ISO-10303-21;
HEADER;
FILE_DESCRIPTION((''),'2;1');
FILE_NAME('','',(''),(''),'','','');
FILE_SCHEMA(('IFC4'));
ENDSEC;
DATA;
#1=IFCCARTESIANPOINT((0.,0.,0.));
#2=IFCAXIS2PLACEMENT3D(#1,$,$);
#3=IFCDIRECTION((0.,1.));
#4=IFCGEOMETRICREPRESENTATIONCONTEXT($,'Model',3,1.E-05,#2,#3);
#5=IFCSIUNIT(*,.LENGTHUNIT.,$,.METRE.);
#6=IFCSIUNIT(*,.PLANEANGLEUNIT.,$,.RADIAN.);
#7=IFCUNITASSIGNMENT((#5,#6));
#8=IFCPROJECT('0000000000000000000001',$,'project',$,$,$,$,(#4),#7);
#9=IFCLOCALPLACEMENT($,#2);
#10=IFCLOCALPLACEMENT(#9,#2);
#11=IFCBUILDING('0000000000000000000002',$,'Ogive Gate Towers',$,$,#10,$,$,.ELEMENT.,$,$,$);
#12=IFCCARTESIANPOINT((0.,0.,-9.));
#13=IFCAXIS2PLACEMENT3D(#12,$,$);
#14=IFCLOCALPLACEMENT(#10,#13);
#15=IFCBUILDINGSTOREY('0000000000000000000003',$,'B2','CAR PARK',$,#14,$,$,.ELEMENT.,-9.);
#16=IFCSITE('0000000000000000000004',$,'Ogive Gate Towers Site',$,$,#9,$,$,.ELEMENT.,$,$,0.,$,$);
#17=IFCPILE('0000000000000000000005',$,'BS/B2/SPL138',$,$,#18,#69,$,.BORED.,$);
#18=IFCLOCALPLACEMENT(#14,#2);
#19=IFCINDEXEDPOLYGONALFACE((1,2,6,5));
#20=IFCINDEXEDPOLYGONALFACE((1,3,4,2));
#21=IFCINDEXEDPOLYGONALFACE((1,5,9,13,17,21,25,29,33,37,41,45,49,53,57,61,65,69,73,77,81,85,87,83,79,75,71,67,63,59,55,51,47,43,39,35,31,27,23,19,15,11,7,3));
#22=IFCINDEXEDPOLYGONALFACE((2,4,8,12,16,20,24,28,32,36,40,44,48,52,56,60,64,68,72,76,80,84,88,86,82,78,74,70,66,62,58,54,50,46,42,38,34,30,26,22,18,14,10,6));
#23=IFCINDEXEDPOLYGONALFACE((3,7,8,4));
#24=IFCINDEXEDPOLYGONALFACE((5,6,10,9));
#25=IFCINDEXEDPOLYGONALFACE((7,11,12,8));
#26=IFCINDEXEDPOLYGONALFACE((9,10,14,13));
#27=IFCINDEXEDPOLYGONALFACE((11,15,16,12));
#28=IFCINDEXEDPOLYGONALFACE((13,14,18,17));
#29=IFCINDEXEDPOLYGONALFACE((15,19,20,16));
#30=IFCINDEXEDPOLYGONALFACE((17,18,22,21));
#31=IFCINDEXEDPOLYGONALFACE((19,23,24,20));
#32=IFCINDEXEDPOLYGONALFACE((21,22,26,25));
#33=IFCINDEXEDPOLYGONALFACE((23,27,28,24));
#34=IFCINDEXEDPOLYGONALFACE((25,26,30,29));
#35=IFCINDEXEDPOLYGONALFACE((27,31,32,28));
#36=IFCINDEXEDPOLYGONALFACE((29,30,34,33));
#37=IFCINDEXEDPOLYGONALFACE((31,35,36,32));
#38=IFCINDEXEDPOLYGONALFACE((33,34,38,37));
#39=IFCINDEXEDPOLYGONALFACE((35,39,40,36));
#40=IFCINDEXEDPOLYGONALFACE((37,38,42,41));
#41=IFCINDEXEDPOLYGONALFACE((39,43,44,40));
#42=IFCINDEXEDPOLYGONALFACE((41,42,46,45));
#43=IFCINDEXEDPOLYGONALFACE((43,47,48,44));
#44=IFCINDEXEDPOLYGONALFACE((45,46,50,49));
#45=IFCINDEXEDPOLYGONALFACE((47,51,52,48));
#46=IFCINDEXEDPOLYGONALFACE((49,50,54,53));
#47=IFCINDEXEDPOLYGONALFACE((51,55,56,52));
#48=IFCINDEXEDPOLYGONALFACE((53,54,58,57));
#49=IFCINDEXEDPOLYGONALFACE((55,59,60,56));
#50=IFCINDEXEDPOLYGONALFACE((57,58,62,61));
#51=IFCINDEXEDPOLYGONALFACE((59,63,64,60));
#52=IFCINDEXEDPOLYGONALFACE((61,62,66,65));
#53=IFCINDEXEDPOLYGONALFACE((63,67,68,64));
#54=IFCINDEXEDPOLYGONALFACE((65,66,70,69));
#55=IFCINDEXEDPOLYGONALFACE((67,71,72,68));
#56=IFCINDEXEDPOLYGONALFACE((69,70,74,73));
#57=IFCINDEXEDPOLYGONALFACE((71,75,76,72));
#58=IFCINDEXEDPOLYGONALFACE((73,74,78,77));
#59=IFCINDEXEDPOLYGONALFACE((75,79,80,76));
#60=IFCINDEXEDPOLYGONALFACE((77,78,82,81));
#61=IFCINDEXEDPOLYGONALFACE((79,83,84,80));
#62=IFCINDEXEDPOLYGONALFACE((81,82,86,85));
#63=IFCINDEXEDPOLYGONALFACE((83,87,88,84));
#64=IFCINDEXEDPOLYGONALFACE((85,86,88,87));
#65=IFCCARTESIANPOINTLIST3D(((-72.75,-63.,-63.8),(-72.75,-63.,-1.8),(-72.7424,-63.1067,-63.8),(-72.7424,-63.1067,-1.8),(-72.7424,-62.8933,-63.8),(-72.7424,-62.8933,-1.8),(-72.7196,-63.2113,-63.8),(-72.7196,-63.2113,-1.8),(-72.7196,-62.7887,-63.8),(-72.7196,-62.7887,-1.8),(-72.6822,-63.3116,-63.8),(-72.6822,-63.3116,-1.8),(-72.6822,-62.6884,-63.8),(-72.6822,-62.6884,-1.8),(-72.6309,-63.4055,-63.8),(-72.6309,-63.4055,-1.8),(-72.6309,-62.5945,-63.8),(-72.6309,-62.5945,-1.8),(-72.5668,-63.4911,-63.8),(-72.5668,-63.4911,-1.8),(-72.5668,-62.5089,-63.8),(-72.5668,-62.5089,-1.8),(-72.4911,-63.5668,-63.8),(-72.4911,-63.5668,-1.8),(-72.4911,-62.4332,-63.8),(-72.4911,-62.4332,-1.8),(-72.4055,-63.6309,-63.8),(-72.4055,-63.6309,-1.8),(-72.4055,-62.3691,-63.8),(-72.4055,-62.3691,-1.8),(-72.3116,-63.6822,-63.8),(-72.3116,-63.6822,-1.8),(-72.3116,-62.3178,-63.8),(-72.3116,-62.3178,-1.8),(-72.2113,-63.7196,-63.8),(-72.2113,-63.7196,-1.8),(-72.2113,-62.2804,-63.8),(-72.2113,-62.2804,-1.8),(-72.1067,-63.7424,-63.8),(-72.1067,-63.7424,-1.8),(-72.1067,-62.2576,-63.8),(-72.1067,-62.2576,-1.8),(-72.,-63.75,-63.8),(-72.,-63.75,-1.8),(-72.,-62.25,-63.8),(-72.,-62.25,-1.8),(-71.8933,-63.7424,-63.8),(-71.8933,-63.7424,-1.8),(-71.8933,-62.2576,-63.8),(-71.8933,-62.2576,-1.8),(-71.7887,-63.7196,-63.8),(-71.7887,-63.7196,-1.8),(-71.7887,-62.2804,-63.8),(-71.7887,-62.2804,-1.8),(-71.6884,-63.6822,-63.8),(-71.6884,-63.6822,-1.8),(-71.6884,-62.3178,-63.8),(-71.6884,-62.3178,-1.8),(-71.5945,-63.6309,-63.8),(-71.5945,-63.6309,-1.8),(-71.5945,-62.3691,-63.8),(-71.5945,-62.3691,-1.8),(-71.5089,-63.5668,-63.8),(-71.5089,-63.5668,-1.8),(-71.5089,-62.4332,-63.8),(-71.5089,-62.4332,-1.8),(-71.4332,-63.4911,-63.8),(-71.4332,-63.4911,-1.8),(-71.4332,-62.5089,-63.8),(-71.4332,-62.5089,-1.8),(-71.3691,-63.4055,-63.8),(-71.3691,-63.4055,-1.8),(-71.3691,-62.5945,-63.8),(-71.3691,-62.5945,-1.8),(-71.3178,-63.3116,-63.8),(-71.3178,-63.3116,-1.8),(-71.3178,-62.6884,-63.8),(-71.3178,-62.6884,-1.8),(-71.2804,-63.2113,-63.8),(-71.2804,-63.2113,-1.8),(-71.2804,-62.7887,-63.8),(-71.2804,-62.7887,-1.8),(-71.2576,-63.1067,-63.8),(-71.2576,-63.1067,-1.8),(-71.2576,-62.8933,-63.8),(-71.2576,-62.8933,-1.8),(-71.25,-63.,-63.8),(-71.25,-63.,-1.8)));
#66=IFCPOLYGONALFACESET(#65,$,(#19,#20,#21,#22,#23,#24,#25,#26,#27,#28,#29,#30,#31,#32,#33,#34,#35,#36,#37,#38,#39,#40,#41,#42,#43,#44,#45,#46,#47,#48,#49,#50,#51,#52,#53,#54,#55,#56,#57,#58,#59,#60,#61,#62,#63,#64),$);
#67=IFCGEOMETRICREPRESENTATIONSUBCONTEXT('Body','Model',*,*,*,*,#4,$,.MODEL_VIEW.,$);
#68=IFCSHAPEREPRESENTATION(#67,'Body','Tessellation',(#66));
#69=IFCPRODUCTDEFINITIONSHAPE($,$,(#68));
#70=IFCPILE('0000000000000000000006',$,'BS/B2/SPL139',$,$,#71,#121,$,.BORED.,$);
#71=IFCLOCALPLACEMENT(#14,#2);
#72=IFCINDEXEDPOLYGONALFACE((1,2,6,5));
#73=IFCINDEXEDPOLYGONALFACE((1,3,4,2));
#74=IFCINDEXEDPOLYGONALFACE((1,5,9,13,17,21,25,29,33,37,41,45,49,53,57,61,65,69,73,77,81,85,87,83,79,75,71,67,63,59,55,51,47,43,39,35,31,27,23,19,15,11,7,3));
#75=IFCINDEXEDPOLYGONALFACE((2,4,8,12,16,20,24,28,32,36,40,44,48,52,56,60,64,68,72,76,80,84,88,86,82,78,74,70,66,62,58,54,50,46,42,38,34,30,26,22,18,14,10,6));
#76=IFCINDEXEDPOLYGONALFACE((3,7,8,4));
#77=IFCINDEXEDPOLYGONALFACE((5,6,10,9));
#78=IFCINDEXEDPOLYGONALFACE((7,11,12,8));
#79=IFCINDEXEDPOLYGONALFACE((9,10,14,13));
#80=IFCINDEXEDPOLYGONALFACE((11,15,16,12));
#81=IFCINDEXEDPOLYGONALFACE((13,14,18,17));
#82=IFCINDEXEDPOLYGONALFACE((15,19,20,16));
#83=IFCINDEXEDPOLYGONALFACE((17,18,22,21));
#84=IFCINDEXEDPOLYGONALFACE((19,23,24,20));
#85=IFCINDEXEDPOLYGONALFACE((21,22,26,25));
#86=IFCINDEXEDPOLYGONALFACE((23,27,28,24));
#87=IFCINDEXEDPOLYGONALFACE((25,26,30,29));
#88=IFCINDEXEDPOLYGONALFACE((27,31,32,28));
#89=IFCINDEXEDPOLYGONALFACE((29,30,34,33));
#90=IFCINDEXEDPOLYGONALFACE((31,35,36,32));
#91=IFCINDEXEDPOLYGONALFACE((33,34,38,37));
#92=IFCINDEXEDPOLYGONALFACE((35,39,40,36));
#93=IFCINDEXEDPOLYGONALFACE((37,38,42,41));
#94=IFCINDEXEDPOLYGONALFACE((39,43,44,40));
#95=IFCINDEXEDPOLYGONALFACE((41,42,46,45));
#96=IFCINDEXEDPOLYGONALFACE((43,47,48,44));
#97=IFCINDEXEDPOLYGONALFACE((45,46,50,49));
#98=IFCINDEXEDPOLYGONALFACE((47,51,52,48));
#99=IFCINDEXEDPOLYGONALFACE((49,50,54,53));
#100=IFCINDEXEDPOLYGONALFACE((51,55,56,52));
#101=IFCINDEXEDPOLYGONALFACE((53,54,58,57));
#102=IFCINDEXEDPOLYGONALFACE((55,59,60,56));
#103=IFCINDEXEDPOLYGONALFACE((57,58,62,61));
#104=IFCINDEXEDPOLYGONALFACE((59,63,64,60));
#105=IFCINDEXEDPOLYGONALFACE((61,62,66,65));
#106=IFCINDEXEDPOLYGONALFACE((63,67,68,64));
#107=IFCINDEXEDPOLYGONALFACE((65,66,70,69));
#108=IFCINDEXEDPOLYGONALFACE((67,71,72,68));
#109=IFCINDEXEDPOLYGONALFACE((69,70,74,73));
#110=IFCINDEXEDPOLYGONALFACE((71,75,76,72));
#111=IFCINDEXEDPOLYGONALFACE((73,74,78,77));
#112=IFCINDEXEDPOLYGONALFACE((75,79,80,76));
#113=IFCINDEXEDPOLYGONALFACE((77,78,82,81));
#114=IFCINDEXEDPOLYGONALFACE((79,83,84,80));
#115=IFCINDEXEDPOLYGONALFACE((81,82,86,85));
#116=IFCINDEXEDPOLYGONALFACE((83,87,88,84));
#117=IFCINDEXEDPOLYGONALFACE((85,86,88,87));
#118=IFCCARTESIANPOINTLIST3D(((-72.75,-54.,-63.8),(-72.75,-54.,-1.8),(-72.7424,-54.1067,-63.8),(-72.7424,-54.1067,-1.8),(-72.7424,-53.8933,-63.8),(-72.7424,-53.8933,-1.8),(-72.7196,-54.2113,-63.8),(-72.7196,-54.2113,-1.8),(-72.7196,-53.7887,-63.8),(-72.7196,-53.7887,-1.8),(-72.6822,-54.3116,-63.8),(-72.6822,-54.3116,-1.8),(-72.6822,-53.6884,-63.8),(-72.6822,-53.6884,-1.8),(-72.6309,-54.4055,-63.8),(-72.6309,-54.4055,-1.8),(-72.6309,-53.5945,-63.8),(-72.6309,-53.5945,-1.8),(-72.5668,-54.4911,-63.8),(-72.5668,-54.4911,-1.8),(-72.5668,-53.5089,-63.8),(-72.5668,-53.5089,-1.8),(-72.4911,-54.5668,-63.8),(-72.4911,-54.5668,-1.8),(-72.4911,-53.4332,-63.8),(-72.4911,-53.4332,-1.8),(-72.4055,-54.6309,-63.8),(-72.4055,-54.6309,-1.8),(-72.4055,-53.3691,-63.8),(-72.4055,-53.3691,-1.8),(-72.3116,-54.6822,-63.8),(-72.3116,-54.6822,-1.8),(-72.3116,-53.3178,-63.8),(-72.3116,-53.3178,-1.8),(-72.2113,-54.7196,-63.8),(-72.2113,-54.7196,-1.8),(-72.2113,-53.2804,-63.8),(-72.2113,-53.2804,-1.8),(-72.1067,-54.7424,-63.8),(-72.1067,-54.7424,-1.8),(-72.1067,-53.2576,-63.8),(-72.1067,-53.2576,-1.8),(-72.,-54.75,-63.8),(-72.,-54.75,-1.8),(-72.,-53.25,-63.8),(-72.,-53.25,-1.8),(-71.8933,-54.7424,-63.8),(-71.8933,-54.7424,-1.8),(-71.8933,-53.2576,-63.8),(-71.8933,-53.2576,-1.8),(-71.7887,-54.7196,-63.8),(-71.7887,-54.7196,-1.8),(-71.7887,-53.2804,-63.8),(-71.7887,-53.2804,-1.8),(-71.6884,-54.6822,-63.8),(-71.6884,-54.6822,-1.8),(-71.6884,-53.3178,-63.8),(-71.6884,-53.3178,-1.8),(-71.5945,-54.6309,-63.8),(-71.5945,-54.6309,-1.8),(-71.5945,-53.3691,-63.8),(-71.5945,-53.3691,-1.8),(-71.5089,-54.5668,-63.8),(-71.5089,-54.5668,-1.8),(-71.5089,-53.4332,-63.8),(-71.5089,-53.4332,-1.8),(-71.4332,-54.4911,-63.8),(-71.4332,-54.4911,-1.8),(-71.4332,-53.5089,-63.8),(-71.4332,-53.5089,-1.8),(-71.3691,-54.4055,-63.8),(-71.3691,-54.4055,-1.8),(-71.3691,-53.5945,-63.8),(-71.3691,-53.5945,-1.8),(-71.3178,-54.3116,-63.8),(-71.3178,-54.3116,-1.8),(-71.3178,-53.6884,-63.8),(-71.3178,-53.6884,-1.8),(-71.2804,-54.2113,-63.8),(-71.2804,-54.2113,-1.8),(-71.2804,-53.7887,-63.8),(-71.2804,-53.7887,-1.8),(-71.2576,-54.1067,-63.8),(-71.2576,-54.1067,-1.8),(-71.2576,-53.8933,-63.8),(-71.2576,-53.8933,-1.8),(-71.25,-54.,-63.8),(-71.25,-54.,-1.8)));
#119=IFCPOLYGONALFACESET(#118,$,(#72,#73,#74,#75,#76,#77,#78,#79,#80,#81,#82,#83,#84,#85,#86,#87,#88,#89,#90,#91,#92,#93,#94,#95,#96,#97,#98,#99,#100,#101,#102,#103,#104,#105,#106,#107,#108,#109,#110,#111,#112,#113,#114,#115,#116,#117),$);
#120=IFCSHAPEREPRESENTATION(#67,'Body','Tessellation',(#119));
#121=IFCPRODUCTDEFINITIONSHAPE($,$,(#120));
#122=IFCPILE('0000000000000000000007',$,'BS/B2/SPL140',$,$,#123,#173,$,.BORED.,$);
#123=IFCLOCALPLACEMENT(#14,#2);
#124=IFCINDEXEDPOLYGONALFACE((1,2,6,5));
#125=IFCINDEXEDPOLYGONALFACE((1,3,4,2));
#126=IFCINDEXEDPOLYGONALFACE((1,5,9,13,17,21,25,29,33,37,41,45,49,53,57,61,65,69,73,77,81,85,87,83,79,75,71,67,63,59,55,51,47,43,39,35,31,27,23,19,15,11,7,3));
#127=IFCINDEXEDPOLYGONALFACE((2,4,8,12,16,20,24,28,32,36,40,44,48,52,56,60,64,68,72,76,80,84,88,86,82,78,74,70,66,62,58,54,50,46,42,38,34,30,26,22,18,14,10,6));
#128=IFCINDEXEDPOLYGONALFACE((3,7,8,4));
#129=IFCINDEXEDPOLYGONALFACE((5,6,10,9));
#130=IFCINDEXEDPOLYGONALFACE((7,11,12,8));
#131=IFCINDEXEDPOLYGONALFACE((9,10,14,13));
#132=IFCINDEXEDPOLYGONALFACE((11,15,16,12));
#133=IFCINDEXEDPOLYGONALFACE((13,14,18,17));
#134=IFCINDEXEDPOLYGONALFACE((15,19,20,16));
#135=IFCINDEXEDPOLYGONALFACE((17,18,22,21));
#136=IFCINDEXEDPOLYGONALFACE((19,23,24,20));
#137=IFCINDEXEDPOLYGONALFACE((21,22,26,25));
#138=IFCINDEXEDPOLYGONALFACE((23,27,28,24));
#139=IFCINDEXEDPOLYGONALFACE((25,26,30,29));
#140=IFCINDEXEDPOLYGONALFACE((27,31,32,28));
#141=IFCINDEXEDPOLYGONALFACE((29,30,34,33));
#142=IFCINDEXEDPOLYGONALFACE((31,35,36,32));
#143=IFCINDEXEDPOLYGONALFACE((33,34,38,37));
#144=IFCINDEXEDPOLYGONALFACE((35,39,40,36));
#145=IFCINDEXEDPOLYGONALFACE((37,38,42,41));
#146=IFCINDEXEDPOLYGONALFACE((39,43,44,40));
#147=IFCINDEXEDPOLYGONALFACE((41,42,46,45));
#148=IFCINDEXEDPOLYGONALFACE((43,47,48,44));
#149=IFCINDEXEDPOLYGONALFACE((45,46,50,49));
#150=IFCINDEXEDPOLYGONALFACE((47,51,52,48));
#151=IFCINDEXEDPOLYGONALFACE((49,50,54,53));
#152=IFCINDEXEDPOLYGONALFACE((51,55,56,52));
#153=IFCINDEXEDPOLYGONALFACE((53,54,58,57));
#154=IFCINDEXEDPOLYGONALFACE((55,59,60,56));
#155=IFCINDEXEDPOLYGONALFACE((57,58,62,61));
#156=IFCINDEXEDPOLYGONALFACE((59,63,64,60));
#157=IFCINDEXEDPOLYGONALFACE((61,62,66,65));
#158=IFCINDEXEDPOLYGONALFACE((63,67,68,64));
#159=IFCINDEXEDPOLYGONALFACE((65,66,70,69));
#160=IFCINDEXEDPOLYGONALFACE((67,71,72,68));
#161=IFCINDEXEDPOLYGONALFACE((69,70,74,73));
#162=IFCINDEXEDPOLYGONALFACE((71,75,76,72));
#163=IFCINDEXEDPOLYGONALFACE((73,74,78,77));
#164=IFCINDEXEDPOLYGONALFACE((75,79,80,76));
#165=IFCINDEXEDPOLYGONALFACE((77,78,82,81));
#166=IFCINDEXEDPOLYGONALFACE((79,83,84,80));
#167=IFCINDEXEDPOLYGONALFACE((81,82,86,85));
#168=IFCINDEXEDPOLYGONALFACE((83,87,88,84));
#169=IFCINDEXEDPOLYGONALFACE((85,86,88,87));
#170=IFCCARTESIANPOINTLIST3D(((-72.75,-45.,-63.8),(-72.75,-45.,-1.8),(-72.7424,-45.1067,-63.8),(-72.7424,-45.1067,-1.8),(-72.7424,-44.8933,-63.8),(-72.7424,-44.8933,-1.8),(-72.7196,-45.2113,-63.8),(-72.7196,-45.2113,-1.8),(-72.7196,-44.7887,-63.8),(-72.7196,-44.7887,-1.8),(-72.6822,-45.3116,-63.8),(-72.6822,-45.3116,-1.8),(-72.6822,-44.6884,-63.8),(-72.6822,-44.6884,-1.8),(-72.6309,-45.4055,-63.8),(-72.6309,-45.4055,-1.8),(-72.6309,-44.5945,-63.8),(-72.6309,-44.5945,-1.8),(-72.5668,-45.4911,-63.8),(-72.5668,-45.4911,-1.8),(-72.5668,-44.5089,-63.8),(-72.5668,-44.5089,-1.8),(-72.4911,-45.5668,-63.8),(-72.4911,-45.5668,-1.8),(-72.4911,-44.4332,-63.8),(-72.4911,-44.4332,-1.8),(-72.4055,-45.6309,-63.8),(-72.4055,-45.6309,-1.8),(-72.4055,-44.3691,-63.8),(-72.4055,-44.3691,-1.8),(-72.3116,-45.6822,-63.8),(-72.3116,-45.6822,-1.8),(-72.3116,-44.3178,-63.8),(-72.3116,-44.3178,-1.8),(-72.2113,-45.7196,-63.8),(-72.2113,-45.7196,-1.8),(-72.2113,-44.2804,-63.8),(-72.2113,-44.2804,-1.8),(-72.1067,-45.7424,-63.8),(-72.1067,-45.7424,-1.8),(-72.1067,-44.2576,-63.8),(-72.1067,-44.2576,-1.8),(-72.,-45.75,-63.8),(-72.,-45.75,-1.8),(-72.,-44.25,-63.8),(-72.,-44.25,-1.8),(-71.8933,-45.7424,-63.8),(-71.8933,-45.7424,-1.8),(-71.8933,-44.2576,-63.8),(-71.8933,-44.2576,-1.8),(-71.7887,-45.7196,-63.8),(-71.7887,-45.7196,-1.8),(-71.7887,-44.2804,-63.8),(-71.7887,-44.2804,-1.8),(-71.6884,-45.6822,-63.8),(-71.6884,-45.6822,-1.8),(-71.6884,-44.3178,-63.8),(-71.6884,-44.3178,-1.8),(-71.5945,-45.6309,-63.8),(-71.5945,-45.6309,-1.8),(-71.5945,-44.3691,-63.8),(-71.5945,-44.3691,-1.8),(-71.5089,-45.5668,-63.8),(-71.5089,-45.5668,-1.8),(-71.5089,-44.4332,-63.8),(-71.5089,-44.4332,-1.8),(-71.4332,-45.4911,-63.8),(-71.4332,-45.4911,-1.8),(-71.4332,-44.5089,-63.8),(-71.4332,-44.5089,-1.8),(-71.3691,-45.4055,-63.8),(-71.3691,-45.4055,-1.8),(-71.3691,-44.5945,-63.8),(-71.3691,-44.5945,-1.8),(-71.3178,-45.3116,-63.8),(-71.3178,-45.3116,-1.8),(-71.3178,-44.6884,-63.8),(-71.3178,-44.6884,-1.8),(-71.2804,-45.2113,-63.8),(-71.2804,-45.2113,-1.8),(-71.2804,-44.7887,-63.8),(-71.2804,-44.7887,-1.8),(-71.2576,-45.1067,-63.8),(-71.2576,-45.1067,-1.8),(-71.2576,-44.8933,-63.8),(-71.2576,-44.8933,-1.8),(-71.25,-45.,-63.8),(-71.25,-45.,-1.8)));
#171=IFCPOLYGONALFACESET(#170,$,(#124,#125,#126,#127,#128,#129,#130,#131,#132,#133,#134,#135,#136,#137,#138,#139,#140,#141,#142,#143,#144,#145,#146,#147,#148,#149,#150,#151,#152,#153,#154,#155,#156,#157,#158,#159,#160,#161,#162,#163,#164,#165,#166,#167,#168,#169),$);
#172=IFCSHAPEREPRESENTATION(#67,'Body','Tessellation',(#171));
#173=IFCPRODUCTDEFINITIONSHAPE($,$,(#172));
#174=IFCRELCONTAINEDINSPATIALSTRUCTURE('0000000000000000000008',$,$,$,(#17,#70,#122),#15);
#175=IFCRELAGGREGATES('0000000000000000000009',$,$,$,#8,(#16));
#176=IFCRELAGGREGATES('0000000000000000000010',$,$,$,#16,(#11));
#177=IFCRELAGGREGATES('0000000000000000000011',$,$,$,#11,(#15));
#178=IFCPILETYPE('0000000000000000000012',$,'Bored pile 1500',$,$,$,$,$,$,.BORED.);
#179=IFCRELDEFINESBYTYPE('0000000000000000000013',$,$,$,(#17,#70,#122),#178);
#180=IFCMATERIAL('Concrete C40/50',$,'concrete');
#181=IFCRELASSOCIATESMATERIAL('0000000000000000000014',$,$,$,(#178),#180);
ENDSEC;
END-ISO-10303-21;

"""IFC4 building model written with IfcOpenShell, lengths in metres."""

from ifc_helpers import new_model, si_unit, direction, frame, origin, origin_2d, place, context, subcontext, project, spatial, circle, extrude, material, material_profile, profile_set, type_object, element, save


model = new_model("IFC4")

# Units and contexts
model_context = context("Model", 3, precision=1e-05, world=origin(), true_north=direction((0.0, 1.0)))
body_context = subcontext(model_context, "Body", "Model", "MODEL_VIEW")
ifc_project = project(units=[si_unit("LENGTHUNIT", "METRE"), si_unit("PLANEANGLEUNIT", "RADIAN")], contexts=[model_context])

# Site, building, storey
site_placement = place(None, origin())
site = spatial("IfcSite", under=ifc_project, at=site_placement, Name="Ogive Gate Towers Site", CompositionType="ELEMENT", RefElevation=0.0)
building_placement = place(site_placement, origin())
building = spatial("IfcBuilding", under=site, at=building_placement, Name="Ogive Gate Towers", CompositionType="ELEMENT")
storey_placement = place(building_placement, frame((0.0, 0.0, -9.0)))
storey = spatial("IfcBuildingStorey", under=building, at=storey_placement, Name="B2", Description="CAR PARK", CompositionType="ELEMENT", Elevation=-9.0)

# Piles
ifc_material_1 = material(Name="Concrete C40/50", Category="concrete")
ifc_material_profile_1 = material_profile(ifc_material_1, circle(Radius=0.75, at=origin_2d()), Name="BP 1500")
ifc_profile_set_1 = profile_set([ifc_material_profile_1], Name="Concrete C40/50")
pile_type = type_object("IfcPileType", Name="Bored pile 1500", PredefinedType="BORED", material=ifc_profile_set_1)
for number, where, z_axis, x_axis, name in (
    (1, (-72.0, -63.0, -1.8), (0.0, 0.0, -1.0), (1.0, 0.0, 0.0), "BS/B2/SPL138"),
    (2, (-72.0, -54.0, -1.8), (0.0, 0.0, -1.0), (1.0, 0.0, 0.0), "BS/B2/SPL139"),
    (3, (-72.0, -45.0, -1.8), (0.0, 0.0, -1.0), (1.0, 0.0, 0.0), "BS/B2/SPL140"),
):
    element("IfcPile", number, at=place(storey_placement, frame(where, z_axis=z_axis, x_axis=x_axis)), inside=storey, type_object=pile_type, Name=name, PredefinedType="BORED", context=body_context, shape_type="SweptSolid", body=[
        extrude(circle(Radius=0.75, at=origin_2d()), origin(), (0.0, 0.0, 1.0), 62.0),
    ])

save(model, "model.ifc")
